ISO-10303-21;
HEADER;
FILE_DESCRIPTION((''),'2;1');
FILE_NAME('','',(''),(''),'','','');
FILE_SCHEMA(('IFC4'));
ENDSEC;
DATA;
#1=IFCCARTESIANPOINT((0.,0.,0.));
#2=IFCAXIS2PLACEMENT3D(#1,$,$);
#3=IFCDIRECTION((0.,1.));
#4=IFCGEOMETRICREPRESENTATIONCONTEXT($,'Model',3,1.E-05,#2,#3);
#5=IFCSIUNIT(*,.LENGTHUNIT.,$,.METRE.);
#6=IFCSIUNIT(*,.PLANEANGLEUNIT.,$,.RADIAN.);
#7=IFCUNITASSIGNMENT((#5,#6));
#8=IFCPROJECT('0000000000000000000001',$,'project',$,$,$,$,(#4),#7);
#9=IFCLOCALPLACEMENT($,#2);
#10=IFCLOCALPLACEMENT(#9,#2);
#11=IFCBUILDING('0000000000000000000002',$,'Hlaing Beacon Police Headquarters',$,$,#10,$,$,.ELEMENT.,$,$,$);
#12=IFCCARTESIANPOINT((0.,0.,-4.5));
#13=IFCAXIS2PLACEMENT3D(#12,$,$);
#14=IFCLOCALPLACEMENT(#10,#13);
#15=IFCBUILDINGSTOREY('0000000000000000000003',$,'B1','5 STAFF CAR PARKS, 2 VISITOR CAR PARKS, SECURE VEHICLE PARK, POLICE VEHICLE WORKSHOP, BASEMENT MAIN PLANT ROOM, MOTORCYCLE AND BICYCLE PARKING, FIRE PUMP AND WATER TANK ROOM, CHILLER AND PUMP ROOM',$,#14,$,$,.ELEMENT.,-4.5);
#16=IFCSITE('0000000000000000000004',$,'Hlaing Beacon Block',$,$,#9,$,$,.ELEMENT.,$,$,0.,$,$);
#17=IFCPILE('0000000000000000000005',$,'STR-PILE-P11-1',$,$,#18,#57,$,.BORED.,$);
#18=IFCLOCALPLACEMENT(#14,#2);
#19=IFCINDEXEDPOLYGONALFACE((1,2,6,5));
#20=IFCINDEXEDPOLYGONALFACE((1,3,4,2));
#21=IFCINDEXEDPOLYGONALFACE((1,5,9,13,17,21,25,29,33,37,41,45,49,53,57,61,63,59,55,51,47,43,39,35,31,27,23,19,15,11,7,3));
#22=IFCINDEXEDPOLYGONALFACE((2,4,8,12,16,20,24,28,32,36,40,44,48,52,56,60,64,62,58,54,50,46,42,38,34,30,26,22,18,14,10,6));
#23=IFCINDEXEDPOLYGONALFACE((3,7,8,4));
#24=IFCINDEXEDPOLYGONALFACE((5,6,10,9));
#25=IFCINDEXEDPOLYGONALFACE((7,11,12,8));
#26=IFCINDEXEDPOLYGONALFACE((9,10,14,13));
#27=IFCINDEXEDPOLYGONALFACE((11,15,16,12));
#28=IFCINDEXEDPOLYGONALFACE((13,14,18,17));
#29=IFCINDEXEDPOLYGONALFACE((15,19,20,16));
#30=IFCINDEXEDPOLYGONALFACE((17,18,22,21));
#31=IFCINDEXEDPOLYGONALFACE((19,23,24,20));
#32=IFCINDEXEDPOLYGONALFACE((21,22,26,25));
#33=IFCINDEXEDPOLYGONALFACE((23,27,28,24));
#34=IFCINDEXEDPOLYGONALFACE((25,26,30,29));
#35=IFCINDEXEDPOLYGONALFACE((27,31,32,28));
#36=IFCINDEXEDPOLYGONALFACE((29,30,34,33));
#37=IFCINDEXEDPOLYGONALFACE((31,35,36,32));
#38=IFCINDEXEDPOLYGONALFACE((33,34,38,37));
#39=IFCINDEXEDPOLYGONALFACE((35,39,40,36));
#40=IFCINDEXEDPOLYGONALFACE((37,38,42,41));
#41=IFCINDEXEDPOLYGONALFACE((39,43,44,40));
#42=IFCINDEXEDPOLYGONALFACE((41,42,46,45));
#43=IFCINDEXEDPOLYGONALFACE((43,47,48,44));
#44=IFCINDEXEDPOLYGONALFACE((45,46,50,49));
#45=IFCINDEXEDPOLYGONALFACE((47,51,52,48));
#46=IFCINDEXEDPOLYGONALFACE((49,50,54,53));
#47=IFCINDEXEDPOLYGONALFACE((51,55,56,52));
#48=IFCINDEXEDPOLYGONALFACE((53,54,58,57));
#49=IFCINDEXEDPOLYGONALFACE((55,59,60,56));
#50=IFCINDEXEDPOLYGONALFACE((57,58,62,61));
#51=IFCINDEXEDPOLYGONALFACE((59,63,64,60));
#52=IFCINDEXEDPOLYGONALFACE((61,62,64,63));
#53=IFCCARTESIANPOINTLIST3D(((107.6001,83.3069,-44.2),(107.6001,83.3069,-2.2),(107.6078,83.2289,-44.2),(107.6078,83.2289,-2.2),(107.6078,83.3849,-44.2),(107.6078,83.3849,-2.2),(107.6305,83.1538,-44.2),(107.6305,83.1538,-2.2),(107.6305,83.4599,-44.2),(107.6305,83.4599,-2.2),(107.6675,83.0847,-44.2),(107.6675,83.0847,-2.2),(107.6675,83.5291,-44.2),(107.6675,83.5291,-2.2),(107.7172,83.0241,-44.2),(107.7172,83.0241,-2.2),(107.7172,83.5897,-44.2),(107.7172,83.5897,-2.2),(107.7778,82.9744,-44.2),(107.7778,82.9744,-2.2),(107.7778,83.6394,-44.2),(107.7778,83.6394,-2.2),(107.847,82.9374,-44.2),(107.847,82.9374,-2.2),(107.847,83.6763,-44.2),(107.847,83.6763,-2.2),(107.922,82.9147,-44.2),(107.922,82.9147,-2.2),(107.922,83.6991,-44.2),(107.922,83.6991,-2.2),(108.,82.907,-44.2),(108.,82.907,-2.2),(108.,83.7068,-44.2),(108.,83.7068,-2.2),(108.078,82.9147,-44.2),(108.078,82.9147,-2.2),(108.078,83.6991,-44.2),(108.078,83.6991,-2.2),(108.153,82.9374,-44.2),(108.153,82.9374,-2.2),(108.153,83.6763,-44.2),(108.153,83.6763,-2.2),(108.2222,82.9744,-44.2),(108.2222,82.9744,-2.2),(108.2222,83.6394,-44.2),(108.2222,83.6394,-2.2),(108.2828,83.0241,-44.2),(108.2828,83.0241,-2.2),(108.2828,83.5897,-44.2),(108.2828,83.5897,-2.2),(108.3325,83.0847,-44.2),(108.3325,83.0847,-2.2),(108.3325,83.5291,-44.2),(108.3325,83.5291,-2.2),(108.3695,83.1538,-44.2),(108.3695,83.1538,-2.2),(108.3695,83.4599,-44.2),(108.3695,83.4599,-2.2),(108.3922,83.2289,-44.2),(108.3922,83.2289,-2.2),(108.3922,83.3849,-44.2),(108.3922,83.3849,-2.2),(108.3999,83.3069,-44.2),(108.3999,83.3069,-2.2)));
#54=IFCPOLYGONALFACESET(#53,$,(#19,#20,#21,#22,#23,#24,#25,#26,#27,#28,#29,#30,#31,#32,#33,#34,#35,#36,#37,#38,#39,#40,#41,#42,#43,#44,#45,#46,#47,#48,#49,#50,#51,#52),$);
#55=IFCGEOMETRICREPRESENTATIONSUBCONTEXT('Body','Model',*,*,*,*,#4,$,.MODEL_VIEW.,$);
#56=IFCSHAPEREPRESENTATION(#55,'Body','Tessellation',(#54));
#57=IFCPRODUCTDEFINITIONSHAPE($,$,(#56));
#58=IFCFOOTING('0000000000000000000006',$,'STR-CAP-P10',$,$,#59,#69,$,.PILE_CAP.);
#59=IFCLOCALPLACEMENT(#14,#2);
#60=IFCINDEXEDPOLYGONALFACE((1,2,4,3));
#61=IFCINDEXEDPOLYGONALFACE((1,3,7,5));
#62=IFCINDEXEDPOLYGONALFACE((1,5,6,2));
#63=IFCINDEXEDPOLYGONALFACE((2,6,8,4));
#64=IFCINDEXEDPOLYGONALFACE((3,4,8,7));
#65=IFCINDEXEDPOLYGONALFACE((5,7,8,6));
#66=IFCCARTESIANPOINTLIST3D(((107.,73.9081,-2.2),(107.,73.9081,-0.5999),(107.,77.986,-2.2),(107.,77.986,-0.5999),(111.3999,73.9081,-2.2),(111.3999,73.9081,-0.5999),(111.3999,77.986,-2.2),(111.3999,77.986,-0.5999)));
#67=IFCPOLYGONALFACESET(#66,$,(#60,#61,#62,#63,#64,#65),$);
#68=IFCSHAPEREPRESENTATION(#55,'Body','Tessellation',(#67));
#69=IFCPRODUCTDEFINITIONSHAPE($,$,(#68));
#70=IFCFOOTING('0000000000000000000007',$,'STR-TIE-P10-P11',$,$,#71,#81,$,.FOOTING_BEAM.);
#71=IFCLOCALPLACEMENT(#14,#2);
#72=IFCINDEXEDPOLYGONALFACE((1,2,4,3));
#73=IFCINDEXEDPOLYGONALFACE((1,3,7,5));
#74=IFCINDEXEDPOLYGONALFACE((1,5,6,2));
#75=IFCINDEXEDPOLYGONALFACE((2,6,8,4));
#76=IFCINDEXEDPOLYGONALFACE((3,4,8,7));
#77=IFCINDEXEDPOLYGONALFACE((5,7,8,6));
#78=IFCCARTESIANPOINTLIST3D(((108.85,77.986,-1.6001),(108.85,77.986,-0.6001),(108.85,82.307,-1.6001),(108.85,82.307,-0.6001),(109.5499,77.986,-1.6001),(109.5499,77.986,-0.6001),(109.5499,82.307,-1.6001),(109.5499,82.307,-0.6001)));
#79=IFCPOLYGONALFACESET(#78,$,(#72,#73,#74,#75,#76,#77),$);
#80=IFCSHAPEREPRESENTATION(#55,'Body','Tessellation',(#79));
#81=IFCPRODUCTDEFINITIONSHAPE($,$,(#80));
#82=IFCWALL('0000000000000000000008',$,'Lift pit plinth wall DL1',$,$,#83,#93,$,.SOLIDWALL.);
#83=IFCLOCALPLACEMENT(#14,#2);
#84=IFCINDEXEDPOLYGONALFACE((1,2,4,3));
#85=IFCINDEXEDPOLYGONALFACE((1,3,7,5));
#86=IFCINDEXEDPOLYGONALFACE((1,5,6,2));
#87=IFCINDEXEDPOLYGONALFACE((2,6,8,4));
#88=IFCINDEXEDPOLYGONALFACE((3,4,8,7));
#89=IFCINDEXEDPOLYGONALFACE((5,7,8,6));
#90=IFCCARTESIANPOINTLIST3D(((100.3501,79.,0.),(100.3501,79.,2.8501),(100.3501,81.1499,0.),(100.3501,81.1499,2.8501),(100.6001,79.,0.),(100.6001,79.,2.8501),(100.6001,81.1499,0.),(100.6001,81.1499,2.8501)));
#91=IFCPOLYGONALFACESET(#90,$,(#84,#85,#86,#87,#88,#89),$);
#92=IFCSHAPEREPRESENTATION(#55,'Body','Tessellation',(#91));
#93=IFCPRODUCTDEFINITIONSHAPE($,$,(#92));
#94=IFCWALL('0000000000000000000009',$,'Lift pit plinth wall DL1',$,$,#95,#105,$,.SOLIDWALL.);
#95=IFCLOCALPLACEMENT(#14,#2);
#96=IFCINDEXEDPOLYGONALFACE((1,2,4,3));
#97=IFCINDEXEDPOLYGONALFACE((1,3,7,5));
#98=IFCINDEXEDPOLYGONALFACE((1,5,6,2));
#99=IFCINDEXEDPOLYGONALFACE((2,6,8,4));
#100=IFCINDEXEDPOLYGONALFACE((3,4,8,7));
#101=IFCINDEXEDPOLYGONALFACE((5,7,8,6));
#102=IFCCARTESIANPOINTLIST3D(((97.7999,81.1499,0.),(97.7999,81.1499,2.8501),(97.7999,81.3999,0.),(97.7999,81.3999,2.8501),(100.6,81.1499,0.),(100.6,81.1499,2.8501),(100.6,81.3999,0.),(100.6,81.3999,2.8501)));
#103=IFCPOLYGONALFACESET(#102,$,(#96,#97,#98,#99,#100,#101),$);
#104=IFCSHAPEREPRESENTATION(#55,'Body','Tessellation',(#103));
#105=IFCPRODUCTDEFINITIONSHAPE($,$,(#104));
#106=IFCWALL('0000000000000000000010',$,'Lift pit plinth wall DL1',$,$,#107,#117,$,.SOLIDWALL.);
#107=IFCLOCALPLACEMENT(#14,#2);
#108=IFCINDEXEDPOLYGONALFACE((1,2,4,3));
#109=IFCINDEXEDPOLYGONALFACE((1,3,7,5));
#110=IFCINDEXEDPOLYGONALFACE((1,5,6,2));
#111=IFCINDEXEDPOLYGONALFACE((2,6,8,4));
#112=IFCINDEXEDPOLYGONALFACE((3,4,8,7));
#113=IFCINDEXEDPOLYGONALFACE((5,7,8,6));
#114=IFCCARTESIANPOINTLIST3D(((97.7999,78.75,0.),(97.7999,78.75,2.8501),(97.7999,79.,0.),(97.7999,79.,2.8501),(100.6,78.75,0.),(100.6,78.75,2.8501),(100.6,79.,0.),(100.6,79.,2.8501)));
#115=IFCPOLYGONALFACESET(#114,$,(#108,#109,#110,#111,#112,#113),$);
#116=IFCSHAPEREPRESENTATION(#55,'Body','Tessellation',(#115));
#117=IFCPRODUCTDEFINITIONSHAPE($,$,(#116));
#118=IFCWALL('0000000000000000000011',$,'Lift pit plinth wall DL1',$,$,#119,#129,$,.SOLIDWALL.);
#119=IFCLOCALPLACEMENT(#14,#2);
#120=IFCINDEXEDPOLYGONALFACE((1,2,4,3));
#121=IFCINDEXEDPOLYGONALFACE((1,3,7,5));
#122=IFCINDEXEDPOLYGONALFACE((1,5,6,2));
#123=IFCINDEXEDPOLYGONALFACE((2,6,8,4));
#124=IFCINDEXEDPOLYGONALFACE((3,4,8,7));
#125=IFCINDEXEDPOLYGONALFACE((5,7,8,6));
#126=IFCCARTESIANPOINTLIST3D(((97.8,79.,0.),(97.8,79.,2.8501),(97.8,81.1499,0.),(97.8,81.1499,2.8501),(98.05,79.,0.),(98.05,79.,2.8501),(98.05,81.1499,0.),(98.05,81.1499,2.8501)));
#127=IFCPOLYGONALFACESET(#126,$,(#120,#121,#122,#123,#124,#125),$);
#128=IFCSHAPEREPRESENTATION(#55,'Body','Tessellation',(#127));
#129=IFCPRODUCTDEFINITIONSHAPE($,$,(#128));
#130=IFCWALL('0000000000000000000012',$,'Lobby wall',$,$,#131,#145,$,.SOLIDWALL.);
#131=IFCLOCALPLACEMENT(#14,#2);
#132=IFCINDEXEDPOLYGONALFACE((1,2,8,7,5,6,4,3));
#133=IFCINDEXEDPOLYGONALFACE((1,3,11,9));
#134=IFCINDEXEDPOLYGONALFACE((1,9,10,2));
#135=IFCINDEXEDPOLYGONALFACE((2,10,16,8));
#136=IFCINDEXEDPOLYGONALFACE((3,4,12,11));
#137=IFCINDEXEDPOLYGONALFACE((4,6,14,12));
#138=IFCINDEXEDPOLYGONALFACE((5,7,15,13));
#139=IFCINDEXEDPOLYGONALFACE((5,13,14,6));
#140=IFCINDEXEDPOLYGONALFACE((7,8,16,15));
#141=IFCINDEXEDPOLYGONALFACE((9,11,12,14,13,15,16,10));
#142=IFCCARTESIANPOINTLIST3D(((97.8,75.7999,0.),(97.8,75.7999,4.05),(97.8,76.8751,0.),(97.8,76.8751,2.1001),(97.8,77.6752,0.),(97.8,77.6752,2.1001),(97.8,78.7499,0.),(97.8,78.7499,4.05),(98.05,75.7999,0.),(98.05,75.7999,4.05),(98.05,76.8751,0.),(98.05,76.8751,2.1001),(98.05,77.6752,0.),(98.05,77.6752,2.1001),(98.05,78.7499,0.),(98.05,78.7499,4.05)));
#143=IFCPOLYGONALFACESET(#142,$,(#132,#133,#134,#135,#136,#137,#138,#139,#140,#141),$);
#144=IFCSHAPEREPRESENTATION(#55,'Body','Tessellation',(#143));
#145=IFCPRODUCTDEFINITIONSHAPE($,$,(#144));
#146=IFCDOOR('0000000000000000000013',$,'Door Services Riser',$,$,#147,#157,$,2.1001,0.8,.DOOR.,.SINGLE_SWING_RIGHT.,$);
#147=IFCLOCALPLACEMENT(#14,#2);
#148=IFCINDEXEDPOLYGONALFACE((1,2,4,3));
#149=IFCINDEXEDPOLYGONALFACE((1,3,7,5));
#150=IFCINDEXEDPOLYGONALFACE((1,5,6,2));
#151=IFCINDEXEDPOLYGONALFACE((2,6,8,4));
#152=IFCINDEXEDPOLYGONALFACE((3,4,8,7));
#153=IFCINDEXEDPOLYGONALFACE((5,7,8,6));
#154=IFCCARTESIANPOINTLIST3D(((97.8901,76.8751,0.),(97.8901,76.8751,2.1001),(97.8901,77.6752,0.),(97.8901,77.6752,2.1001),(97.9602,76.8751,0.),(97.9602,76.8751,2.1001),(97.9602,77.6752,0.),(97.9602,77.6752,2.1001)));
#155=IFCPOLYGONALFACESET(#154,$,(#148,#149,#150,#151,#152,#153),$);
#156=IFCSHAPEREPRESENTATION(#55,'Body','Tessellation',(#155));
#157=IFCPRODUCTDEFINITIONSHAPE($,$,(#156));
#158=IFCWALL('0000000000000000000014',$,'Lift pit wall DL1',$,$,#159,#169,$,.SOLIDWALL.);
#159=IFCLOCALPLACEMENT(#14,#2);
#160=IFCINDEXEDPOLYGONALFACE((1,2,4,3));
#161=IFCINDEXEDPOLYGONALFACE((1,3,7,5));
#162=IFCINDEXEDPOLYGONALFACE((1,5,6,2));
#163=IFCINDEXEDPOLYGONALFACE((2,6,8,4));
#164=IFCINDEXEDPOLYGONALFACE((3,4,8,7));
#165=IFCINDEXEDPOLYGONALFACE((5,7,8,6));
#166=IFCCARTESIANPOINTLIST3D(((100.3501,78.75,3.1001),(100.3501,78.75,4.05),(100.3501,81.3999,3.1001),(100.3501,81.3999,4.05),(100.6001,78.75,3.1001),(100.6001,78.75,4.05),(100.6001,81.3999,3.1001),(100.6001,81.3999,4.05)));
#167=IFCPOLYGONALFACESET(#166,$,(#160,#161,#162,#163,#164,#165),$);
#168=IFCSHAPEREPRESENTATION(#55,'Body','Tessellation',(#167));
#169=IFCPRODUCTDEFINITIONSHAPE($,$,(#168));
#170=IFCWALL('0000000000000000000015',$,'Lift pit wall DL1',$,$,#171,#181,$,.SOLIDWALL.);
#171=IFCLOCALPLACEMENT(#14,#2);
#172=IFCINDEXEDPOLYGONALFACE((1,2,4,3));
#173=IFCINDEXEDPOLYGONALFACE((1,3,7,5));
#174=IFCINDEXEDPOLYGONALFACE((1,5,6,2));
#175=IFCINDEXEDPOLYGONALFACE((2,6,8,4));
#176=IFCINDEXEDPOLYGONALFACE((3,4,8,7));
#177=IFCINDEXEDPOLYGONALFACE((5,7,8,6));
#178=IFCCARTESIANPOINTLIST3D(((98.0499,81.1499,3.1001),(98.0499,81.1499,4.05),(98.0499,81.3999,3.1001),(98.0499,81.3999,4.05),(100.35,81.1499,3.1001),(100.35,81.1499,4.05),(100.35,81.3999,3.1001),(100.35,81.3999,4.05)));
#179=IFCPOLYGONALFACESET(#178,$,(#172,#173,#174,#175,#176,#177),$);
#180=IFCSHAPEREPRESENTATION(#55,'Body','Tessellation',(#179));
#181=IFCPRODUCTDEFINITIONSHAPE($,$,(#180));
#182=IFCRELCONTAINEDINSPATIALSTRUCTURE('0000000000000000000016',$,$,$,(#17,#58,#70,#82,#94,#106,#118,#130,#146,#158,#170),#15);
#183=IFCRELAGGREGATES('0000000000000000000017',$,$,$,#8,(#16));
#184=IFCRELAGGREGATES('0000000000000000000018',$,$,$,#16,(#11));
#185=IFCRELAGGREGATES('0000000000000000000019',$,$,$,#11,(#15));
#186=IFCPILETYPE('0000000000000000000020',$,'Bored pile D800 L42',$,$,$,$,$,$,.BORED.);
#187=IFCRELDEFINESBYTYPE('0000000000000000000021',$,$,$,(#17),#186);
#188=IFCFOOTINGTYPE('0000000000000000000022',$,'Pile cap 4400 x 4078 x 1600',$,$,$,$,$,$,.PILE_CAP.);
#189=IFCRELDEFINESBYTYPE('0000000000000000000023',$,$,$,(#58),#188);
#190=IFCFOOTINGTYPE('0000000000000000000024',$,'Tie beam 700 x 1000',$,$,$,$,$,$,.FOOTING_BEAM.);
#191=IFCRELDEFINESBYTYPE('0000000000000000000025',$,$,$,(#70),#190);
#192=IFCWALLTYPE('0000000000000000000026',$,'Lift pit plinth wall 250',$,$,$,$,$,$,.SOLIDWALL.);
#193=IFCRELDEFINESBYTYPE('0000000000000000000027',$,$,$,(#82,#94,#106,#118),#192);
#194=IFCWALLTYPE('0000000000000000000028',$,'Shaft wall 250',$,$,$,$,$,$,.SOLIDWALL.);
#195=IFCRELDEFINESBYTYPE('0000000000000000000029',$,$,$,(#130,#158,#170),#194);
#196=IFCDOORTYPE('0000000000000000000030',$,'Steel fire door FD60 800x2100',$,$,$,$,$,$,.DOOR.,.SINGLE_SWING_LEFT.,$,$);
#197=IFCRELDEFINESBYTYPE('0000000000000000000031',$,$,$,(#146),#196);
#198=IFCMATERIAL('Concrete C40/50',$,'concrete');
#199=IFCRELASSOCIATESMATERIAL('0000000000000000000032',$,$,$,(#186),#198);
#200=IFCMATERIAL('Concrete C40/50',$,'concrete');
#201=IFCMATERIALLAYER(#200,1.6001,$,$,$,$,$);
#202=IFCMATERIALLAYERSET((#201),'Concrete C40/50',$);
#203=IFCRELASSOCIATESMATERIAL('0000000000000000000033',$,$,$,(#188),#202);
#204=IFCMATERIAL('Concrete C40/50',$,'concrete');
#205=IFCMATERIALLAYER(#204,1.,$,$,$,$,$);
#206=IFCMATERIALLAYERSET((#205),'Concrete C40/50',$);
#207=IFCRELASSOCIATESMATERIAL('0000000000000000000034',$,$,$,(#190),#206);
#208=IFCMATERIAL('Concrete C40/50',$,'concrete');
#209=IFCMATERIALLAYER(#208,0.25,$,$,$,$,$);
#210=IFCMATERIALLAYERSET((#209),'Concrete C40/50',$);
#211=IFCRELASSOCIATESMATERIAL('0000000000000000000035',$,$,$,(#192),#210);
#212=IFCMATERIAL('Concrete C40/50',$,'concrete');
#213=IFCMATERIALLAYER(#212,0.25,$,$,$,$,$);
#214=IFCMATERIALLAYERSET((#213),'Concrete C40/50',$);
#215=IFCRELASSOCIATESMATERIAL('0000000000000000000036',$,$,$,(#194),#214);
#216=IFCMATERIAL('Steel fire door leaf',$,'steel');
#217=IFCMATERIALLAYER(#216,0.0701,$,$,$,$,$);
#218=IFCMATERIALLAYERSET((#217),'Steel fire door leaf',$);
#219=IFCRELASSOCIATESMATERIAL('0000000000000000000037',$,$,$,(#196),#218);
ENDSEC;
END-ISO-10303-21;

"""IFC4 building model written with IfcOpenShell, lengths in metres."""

from ifc_helpers import new_model, si_unit, direction, frame, frame_2d, origin, origin_2d, place, context, subcontext, project, spatial, rectangle, circle, extrude, material, layer, layer_set, material_profile, profile_set, type_object, element, fill, save


model = new_model("IFC4")

# Units and contexts
model_context = context("Model", 3, precision=1e-05, world=origin(), true_north=direction((0.0, 1.0)))
body_context = subcontext(model_context, "Body", "Model", "MODEL_VIEW")
ifc_project = project(units=[si_unit("LENGTHUNIT", "METRE"), si_unit("PLANEANGLEUNIT", "RADIAN")], contexts=[model_context])

# Site, building, storey
site_placement = place(None, origin())
site = spatial("IfcSite", under=ifc_project, at=site_placement, Name="Hlaing Beacon Block", CompositionType="ELEMENT", RefElevation=0.0)
building_placement = place(site_placement, origin())
building = spatial("IfcBuilding", under=site, at=building_placement, Name="Hlaing Beacon Police Headquarters", CompositionType="ELEMENT")
storey_placement = place(building_placement, frame((0.0, 0.0, -4.5)))
storey = spatial("IfcBuildingStorey", under=building, at=storey_placement, Name="B1", Description="5 STAFF CAR PARKS, 2 VISITOR CAR PARKS, SECURE VEHICLE PARK, POLICE VEHICLE WORKSHOP, BASEMENT MAIN PLANT ROOM, MOTORCYCLE AND BICYCLE PARKING, FIRE PUMP AND WATER TANK ROOM, CHILLER AND PUMP ROOM", CompositionType="ELEMENT", Elevation=-4.5)

# Pile
ifc_material_1 = material(Name="Concrete C40/50", Category="concrete")
ifc_material_profile_1 = material_profile(ifc_material_1, circle(Radius=0.3999, at=origin_2d()), Name="D800")
ifc_profile_set_1 = profile_set([ifc_material_profile_1], Name="Concrete C40/50")
pile_type_1 = type_object("IfcPileType", Name="Bored pile D800 L42", PredefinedType="BORED", material=ifc_profile_set_1)
for number, where, z_axis, x_axis, name in (
    (1, (108.0, 83.3069, -2.2), (0.0, 0.0, -1.0), (1.0, 0.0, 0.0), "STR-PILE-P11-1"),
):
    element("IfcPile", number, at=place(storey_placement, frame(where, z_axis=z_axis, x_axis=x_axis)), inside=storey, type_object=pile_type_1, Name=name, PredefinedType="BORED", context=body_context, shape_type="SweptSolid", body=[
        extrude(circle(Radius=0.3999, at=origin_2d()), origin(), (0.0, 0.0, 1.0), 42.0),
    ])

# Footings
ifc_material_2 = material(Name="Concrete C40/50", Category="concrete")
ifc_layer_1 = layer(ifc_material_2, 1.6001)
ifc_layer_set_1 = layer_set([ifc_layer_1], Name="Concrete C40/50")
footing_type_1 = type_object("IfcFootingType", Name="Pile cap 4400 x 4078 x 1600", PredefinedType="PILE_CAP", material=ifc_layer_set_1)
footing_1_placement = place(storey_placement, frame((109.2, 75.947, -2.2), z_axis=(0.0, 0.0, 1.0), x_axis=(1.0, 0.0, 0.0)))
element("IfcFooting", 2, at=footing_1_placement, inside=storey, type_object=footing_type_1, Name="STR-CAP-P10", PredefinedType="PILE_CAP", context=body_context, shape_type="SweptSolid", body=[
    extrude(rectangle(XDim=4.3999, YDim=4.0779, at=origin_2d()), origin(), (0.0, 0.0, 1.0), 1.6001),
])
ifc_material_3 = material(Name="Concrete C40/50", Category="concrete")
ifc_layer_2 = layer(ifc_material_3, 1.0)
ifc_layer_set_2 = layer_set([ifc_layer_2], Name="Concrete C40/50")
footing_type_2 = type_object("IfcFootingType", Name="Tie beam 700 x 1000", PredefinedType="FOOTING_BEAM", material=ifc_layer_set_2)
footing_2_placement = place(storey_placement, frame((109.2, 80.1465, -1.6001), z_axis=(0.0, 0.0, 1.0), x_axis=(1.0, 0.0, 0.0)))
element("IfcFooting", 3, at=footing_2_placement, inside=storey, type_object=footing_type_2, Name="STR-TIE-P10-P11", PredefinedType="FOOTING_BEAM", context=body_context, shape_type="SweptSolid", body=[
    extrude(rectangle(XDim=0.7, YDim=4.321, at=origin_2d()), origin(), (0.0, 0.0, 1.0), 1.0),
])

# Walls
ifc_material_4 = material(Name="Concrete C40/50", Category="concrete")
ifc_layer_3 = layer(ifc_material_4, 0.25)
ifc_layer_set_3 = layer_set([ifc_layer_3], Name="Concrete C40/50")
wall_type_1 = type_object("IfcWallType", Name="Lift pit plinth wall 250", PredefinedType="SOLIDWALL", material=ifc_layer_set_3)
wall_1_placement = place(storey_placement, frame((100.4751, 79.0, 0.0), z_axis=(0.0, 0.0, 1.0), x_axis=(0.0, 1.0, 0.0)))
element("IfcWall", 4, at=wall_1_placement, inside=storey, type_object=wall_type_1, Name="Lift pit plinth wall DL1", PredefinedType="SOLIDWALL", context=body_context, shape_type="SweptSolid", body=[
    extrude(rectangle(XDim=2.1499, YDim=0.25, at=frame_2d((1.075, 0.0))), origin(), (0.0, 0.0, 1.0), 2.8501),
])
for number, where, z_axis, x_axis, name in (
    (5, (97.8, 81.2749, 0.0), (0.0, 0.0, 1.0), (1.0, 0.0, 0.0), "Lift pit plinth wall DL1"),
    (6, (97.8, 78.875, 0.0), (0.0, 0.0, 1.0), (1.0, 0.0, 0.0), "Lift pit plinth wall DL1"),
):
    element("IfcWall", number, at=place(storey_placement, frame(where, z_axis=z_axis, x_axis=x_axis)), inside=storey, type_object=wall_type_1, Name=name, PredefinedType="SOLIDWALL", context=body_context, shape_type="SweptSolid", body=[
        extrude(rectangle(XDim=2.8, YDim=0.25, at=frame_2d((1.3999, 0.0))), origin(), (0.0, 0.0, 1.0), 2.8501),
    ])
wall_2_placement = place(storey_placement, frame((97.925, 79.0, 0.0), z_axis=(0.0, 0.0, 1.0), x_axis=(0.0, 1.0, 0.0)))
element("IfcWall", 7, at=wall_2_placement, inside=storey, type_object=wall_type_1, Name="Lift pit plinth wall DL1", PredefinedType="SOLIDWALL", context=body_context, shape_type="SweptSolid", body=[
    extrude(rectangle(XDim=2.1499, YDim=0.25, at=frame_2d((1.075, 0.0))), origin(), (0.0, 0.0, 1.0), 2.8501),
])

# Wall, opening, door
ifc_material_5 = material(Name="Concrete C40/50", Category="concrete")
ifc_layer_4 = layer(ifc_material_5, 0.25)
ifc_layer_set_4 = layer_set([ifc_layer_4], Name="Concrete C40/50")
wall_type_2 = type_object("IfcWallType", Name="Shaft wall 250", PredefinedType="SOLIDWALL", material=ifc_layer_set_4)
wall_3_placement = place(storey_placement, frame((97.925, 78.75, 0.0), z_axis=(0.0, 0.0, 1.0), x_axis=(0.0, -1.0, 0.0)))
wall_3 = element("IfcWall", 8, at=wall_3_placement, inside=storey, type_object=wall_type_2, Name="Lobby wall", PredefinedType="SOLIDWALL", context=body_context, shape_type="SweptSolid", body=[
    extrude(rectangle(XDim=2.95, YDim=0.25, at=frame_2d((1.4751, 0.0))), origin(), (0.0, 0.0, 1.0), 4.05),
])
opening_placement = place(wall_3_placement, frame((1.075, 0.0, 0.0)))
opening = element("IfcOpeningElement", 9, at=opening_placement, cuts=wall_3, PredefinedType="OPENING", context=body_context, shape_type="SweptSolid", body=[
    extrude(rectangle(XDim=0.8, YDim=2.1001, at=frame_2d((0.3999, 1.05))), frame((0.0, 0.135, 0.0), z_axis=(0.0, -1.0, 0.0), x_axis=(1.0, 0.0, 0.0)), (0.0, 0.0, 1.0), 0.27),
])
ifc_material_6 = material(Name="Steel fire door leaf", Category="steel")
ifc_layer_5 = layer(ifc_material_6, 0.0701)
ifc_layer_set_5 = layer_set([ifc_layer_5], Name="Steel fire door leaf")
door_type = type_object("IfcDoorType", Name="Steel fire door FD60 800x2100", OperationType="SINGLE_SWING_LEFT", PredefinedType="DOOR", material=ifc_layer_set_5)
door_placement = place(opening_placement, origin())
door = element("IfcDoor", 10, at=door_placement, inside=storey, type_object=door_type, Name="Door Services Riser", OperationType="SINGLE_SWING_RIGHT", OverallHeight=2.1001, OverallWidth=0.8, PredefinedType="DOOR", context=body_context, shape_type="SweptSolid", body=[
    extrude(rectangle(XDim=0.8, YDim=2.1001, at=frame_2d((0.3999, 1.05))), frame((0.0, 0.0352, 0.0), z_axis=(0.0, -1.0, 0.0), x_axis=(1.0, 0.0, 0.0)), (0.0, 0.0, 1.0), 0.0701),
])
fill(opening, door)

# Walls
wall_4_placement = place(storey_placement, frame((100.4751, 78.75, 3.1001), z_axis=(0.0, 0.0, 1.0), x_axis=(0.0, 1.0, 0.0)))
element("IfcWall", 11, at=wall_4_placement, inside=storey, type_object=wall_type_2, Name="Lift pit wall DL1", PredefinedType="SOLIDWALL", context=body_context, shape_type="SweptSolid", body=[
    extrude(rectangle(XDim=2.6499, YDim=0.25, at=frame_2d((1.325, 0.0))), origin(), (0.0, 0.0, 1.0), 0.95),
])
for number, where, z_axis, x_axis, name in (
    (12, (98.05, 81.2749, 3.1001), (0.0, 0.0, 1.0), (1.0, 0.0, 0.0), "Lift pit wall DL1"),
):
    element("IfcWall", number, at=place(storey_placement, frame(where, z_axis=z_axis, x_axis=x_axis)), inside=storey, type_object=wall_type_2, Name=name, PredefinedType="SOLIDWALL", context=body_context, shape_type="SweptSolid", body=[
        extrude(rectangle(XDim=2.3, YDim=0.25, at=frame_2d((1.1499, 0.0))), origin(), (0.0, 0.0, 1.0), 0.95),
    ])

save(model, "model.ifc")
